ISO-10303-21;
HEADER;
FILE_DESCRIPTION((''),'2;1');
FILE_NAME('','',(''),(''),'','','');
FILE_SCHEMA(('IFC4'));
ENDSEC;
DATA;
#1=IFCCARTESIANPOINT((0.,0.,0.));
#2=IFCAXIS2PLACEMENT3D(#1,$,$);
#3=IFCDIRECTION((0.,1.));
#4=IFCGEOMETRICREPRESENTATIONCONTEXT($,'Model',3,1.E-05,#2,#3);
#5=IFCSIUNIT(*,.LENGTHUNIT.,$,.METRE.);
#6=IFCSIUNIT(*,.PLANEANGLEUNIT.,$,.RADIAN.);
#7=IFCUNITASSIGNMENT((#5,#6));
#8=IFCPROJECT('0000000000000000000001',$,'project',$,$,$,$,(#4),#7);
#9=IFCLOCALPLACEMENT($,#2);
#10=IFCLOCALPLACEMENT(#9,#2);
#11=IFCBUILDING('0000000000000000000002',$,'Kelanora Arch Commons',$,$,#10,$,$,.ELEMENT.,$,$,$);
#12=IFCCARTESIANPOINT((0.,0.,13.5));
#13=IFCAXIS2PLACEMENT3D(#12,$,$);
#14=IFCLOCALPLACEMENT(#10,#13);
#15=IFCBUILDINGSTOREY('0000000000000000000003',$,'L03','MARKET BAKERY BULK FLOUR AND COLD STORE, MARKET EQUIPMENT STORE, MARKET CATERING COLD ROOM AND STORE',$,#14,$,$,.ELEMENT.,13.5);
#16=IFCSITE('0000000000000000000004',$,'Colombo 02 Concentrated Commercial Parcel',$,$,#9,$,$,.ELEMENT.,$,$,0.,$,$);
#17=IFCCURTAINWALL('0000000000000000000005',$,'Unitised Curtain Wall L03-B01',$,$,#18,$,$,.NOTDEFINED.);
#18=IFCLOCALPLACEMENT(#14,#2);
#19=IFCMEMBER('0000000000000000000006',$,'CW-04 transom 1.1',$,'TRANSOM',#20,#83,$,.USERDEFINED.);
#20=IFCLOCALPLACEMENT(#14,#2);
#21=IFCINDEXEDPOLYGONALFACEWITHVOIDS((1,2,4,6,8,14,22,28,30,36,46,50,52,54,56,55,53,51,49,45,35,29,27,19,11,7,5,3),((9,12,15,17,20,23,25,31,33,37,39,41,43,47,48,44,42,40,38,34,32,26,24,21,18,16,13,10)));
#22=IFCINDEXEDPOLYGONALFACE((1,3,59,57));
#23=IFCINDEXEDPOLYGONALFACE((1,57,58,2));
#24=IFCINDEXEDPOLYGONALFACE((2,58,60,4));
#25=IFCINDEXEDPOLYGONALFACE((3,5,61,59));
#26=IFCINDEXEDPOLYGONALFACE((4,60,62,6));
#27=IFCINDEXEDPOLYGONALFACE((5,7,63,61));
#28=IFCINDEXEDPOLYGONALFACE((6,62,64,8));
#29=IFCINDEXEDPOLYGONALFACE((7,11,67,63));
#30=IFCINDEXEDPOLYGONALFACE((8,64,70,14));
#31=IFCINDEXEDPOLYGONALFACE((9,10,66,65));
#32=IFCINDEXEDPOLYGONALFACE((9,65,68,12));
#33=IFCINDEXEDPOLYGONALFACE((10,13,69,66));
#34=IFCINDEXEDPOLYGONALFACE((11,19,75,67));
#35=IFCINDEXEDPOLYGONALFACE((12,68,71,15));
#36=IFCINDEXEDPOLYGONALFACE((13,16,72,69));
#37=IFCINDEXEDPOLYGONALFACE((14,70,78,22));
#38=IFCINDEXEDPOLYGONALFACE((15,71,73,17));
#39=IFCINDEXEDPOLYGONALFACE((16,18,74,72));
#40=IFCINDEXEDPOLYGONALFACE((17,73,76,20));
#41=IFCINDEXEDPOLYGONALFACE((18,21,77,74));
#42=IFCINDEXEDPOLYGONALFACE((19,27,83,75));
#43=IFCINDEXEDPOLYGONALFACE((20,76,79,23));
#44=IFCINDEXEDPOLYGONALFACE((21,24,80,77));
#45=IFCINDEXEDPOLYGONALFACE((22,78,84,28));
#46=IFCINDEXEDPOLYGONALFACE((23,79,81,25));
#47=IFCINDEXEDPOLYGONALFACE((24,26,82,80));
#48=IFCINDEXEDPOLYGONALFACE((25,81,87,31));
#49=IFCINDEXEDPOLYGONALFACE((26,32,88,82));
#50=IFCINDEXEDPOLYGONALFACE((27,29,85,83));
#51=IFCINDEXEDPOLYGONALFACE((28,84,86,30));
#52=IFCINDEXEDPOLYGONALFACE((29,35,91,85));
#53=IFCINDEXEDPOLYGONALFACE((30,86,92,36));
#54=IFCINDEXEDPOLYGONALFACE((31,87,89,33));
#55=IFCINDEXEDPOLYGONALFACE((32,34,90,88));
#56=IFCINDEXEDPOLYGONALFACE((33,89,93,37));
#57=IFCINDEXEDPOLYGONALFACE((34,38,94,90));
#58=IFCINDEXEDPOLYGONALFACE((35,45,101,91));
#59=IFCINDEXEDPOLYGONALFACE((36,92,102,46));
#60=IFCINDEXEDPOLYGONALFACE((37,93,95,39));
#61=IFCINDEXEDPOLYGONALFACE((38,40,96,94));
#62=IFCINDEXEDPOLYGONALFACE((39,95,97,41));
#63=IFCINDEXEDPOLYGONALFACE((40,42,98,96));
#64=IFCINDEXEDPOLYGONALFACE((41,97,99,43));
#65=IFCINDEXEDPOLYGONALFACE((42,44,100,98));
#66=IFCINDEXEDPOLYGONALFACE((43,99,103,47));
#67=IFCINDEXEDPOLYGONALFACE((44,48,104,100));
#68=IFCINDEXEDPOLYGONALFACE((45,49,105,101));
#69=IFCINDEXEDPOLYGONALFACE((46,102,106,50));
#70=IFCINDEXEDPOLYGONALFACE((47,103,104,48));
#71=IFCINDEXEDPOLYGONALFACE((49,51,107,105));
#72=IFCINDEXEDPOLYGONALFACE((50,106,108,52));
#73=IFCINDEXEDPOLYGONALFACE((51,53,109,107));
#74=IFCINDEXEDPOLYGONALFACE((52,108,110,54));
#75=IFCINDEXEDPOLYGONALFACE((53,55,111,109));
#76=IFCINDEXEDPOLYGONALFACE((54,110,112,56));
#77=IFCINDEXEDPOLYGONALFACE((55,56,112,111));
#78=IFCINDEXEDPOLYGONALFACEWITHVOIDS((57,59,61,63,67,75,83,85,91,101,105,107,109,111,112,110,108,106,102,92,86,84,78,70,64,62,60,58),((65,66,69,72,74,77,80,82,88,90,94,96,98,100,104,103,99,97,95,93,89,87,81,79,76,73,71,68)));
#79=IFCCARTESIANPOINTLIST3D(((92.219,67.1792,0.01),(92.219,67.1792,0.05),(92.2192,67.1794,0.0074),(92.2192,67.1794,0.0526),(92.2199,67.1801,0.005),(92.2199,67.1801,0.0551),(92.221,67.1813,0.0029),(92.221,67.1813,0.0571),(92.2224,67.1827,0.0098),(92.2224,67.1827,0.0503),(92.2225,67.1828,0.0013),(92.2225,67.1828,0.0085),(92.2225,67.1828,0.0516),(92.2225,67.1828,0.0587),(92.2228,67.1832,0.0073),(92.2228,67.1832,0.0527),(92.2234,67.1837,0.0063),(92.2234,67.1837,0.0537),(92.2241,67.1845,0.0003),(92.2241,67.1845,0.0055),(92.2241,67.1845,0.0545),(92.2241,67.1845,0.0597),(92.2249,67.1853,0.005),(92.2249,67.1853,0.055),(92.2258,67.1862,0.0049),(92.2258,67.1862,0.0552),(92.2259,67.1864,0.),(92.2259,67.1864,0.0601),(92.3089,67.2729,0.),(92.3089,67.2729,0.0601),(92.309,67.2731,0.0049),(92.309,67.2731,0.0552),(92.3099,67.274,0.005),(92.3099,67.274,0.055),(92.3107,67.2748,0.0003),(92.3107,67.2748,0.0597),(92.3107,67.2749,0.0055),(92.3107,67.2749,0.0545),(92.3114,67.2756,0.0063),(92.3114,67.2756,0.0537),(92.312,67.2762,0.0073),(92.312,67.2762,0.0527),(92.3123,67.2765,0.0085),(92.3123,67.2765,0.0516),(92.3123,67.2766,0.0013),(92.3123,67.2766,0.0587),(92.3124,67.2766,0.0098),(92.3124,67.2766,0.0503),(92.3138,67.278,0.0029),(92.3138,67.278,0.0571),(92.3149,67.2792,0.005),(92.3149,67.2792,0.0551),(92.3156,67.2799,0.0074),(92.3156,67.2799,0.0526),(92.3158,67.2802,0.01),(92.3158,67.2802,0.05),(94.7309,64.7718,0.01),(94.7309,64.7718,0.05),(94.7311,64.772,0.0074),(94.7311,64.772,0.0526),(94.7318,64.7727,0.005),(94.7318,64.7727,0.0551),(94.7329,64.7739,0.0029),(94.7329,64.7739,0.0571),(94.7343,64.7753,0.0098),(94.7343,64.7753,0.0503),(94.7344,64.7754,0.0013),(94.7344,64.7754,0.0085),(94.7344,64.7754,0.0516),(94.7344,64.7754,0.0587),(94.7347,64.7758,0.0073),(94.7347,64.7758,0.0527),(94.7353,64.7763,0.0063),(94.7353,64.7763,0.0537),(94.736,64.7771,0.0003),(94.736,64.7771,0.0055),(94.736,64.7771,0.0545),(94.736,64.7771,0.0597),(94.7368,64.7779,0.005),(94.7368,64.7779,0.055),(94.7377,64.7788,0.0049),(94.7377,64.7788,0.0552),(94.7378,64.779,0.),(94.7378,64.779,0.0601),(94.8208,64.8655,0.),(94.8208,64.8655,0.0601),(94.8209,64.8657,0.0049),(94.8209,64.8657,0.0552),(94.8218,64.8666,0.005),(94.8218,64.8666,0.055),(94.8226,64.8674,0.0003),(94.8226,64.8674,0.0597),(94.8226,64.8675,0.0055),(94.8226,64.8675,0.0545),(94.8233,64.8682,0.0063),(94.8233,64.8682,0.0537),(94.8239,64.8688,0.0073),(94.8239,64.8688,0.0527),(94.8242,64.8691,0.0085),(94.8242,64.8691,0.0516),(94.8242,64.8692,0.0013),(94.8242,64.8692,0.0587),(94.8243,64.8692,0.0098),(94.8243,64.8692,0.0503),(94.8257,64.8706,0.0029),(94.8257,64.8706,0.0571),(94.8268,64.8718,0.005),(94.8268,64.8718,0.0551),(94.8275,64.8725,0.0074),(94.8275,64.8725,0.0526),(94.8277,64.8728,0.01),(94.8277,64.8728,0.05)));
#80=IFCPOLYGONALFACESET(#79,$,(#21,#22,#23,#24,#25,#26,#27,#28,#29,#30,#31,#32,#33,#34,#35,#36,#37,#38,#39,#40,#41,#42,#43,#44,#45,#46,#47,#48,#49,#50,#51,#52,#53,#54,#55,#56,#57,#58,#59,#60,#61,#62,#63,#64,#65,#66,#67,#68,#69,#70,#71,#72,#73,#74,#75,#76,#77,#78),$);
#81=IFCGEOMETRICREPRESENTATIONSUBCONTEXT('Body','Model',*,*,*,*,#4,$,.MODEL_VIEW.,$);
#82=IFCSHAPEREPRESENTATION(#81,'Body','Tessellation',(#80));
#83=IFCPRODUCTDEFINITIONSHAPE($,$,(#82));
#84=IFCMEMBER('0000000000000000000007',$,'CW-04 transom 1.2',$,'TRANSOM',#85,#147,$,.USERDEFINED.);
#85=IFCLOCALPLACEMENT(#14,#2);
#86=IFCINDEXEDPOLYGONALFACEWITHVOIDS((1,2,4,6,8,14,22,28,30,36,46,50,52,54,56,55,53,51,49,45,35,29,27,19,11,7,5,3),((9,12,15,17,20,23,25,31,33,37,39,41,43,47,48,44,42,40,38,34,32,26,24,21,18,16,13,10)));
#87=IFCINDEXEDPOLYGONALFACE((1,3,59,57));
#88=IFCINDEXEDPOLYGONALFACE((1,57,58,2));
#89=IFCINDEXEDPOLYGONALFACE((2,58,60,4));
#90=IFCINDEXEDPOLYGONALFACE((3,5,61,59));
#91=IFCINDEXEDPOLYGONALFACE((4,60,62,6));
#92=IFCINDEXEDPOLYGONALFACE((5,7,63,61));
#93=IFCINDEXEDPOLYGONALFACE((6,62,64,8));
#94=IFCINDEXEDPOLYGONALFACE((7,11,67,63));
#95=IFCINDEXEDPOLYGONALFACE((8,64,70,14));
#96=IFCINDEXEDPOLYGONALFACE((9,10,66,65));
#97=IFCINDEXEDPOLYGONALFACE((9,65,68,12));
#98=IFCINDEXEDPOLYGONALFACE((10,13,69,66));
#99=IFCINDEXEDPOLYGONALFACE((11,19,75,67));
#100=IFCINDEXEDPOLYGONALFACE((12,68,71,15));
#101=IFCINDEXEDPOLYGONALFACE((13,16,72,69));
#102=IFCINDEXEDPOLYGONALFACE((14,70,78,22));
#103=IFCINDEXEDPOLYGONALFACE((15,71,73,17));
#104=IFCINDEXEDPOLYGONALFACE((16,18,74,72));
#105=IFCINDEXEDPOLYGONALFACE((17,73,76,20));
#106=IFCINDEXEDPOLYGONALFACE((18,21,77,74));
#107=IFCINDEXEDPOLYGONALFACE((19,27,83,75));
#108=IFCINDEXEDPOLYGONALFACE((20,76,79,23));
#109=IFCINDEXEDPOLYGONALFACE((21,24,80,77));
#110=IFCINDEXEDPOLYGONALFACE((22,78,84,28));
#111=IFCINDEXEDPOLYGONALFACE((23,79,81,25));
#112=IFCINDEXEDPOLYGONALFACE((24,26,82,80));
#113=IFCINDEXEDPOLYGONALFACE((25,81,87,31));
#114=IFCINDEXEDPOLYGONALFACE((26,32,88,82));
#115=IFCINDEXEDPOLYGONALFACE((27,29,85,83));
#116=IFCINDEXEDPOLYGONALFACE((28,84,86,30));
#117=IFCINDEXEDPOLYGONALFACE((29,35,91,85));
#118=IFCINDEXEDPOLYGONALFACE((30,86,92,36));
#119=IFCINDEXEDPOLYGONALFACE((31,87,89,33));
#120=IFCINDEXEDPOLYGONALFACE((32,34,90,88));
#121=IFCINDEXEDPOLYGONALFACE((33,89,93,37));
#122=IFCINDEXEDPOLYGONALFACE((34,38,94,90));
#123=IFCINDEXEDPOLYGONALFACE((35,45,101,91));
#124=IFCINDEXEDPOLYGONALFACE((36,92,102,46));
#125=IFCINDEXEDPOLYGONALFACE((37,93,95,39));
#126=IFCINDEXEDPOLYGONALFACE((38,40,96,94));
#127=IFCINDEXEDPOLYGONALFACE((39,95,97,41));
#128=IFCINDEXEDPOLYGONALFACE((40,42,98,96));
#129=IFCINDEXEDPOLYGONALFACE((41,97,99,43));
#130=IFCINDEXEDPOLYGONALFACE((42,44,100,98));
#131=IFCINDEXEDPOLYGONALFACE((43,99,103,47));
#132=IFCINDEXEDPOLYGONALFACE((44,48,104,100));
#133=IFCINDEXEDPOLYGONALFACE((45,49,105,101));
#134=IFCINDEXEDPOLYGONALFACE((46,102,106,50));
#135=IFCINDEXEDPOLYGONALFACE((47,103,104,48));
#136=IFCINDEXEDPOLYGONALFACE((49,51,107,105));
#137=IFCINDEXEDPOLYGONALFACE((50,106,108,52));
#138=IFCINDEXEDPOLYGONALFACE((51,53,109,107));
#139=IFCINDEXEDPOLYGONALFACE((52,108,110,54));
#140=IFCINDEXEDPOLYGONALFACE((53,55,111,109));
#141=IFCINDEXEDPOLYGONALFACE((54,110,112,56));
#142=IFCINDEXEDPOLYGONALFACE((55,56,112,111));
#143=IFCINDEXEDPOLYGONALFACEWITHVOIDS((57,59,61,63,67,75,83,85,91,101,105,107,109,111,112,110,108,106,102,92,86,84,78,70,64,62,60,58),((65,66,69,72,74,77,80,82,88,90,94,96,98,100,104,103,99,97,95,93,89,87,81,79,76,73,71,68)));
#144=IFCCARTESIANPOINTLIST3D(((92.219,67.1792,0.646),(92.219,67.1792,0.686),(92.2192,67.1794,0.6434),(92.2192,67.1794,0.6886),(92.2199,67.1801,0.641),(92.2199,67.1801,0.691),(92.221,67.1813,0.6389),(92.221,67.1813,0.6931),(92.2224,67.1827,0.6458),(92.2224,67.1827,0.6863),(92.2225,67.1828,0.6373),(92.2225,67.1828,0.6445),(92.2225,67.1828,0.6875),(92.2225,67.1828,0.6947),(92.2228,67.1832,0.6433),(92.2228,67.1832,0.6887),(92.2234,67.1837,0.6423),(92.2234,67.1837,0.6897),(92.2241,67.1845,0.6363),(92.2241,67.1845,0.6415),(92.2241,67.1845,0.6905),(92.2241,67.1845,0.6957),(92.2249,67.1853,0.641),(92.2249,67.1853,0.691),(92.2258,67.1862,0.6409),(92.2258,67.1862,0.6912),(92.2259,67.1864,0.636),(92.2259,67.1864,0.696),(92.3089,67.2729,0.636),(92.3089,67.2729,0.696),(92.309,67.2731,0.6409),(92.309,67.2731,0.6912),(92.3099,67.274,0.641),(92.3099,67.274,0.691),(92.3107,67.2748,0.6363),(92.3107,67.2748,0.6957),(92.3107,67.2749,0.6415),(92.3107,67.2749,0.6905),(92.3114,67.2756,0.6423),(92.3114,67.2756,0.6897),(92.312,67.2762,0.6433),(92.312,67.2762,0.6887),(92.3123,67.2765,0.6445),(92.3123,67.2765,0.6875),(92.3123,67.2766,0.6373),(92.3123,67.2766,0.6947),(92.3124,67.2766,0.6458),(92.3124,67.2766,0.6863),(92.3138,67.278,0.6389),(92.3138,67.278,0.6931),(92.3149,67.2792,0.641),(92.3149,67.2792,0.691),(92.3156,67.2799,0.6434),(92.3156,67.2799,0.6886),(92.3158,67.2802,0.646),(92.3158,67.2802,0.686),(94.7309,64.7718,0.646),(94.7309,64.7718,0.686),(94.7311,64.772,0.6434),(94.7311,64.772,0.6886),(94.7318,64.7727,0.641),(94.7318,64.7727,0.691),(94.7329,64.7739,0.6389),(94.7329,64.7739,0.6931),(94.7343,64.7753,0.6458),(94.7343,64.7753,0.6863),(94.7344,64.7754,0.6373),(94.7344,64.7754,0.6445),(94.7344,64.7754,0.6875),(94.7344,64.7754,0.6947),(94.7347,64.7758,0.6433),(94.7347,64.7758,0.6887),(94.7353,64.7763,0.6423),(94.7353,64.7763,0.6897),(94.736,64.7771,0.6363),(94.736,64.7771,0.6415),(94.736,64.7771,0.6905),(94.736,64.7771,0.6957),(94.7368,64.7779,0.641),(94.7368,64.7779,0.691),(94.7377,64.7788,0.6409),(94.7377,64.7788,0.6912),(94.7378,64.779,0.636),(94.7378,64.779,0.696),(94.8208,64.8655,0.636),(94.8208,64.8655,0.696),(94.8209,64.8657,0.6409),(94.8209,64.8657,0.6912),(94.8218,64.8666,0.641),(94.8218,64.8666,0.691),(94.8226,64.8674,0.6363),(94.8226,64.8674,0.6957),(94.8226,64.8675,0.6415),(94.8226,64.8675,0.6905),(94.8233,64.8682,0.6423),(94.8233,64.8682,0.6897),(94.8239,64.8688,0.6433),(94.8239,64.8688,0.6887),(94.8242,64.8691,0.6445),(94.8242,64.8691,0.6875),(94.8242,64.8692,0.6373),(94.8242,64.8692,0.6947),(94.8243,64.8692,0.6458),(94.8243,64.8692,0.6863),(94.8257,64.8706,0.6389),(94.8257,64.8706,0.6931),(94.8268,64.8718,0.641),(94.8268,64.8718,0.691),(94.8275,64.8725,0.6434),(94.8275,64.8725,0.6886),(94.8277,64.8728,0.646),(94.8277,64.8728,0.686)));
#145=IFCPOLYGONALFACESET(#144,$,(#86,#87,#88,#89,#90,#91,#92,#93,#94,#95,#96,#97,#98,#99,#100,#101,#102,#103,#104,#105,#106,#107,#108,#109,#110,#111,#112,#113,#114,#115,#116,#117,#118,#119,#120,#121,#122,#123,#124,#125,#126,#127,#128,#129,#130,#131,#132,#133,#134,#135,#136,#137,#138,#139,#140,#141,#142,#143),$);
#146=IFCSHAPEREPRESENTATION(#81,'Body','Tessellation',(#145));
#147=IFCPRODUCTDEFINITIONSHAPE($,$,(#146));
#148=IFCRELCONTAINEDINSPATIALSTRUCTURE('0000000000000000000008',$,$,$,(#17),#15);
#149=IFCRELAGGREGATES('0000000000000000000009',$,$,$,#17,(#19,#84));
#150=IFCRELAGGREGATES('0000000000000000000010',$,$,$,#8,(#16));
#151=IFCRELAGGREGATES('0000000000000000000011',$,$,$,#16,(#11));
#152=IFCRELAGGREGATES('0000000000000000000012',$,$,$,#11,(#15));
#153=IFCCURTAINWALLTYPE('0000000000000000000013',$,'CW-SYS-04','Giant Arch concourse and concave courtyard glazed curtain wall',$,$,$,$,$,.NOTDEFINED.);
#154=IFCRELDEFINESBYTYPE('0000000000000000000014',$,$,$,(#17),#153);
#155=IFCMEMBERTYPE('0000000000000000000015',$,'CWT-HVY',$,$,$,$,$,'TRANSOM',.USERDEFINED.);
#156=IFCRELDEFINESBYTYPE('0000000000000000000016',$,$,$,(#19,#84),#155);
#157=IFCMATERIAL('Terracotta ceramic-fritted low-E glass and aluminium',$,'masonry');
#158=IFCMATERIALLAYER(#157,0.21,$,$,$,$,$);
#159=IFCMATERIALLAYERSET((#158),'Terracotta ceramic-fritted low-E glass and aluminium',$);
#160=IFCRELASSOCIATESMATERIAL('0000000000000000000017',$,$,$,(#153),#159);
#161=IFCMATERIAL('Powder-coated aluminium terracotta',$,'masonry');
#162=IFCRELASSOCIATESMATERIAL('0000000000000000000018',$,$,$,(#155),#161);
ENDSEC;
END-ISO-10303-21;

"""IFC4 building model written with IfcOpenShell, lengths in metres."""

from ifc_helpers import new_model, si_unit, direction, frame, origin, origin_2d, place, context, subcontext, project, spatial, hollow_rectangle, extrude, material, layer, layer_set, material_profile, profile_set, type_object, element, aggregate, save


model = new_model("IFC4")

# Units and contexts
model_context = context("Model", 3, precision=1e-05, world=origin(), true_north=direction((0.0, 1.0)))
body_context = subcontext(model_context, "Body", "Model", "MODEL_VIEW")
ifc_project = project(units=[si_unit("LENGTHUNIT", "METRE"), si_unit("PLANEANGLEUNIT", "RADIAN")], contexts=[model_context])

# Site, building, storey
site_placement = place(None, origin())
site = spatial("IfcSite", under=ifc_project, at=site_placement, Name="Colombo 02 Concentrated Commercial Parcel", CompositionType="ELEMENT", RefElevation=0.0)
building_placement = place(site_placement, origin())
building = spatial("IfcBuilding", under=site, at=building_placement, Name="Kelanora Arch Commons", CompositionType="ELEMENT")
storey_placement = place(building_placement, frame((0.0, 0.0, 13.5)))
storey = spatial("IfcBuildingStorey", under=building, at=storey_placement, Name="L03", Description="MARKET BAKERY BULK FLOUR AND COLD STORE, MARKET EQUIPMENT STORE, MARKET CATERING COLD ROOM AND STORE", CompositionType="ELEMENT", Elevation=13.5)

# Shared definitions
ifc_material_1 = material(Name="Terracotta ceramic-fritted low-E glass and aluminium", Category="masonry")
ifc_layer_1 = layer(ifc_material_1, 0.21)
ifc_layer_set_1 = layer_set([ifc_layer_1], Name="Terracotta ceramic-fritted low-E glass and aluminium")
curtain_wall_type = type_object("IfcCurtainWallType", Name="CW-SYS-04", Description="Giant Arch concourse and concave courtyard glazed curtain wall", PredefinedType="NOTDEFINED", material=ifc_layer_set_1)
ifc_material_2 = material(Name="Powder-coated aluminium terracotta", Category="masonry")

# Curtain wall
curtain_wall_1_placement = place(storey_placement, origin())
curtain_wall_1 = element("IfcCurtainWall", 1, at=curtain_wall_1_placement, inside=storey, type_object=curtain_wall_type, Name="Unitised Curtain Wall L03-B01", PredefinedType="NOTDEFINED")

# Members
ifc_material_profile_1 = material_profile(ifc_material_2, hollow_rectangle(XDim=0.1399, YDim=0.0601, WallThickness=0.0049, InnerFilletRadius=0.0049, OuterFilletRadius=0.01, at=origin_2d()), Name="CWT140x60")
ifc_profile_set_1 = profile_set([ifc_material_profile_1], Name="Powder-coated aluminium terracotta")
member_type_1 = type_object("IfcMemberType", Name="CWT-HVY", ElementType="TRANSOM", PredefinedType="USERDEFINED", material=ifc_profile_set_1)
member_1_placement = place(storey_placement, frame((94.7793, 64.8223, 0.03), z_axis=(-0.721963, 0.691931, 0.0), x_axis=(-0.691931, -0.721963, 0.0)))
member_1 = element("IfcMember", 2, at=member_1_placement, type_object=member_type_1, Name="CW-04 transom 1.1", ObjectType="TRANSOM", PredefinedType="USERDEFINED", context=body_context, shape_type="SweptSolid", body=[
    extrude(hollow_rectangle(XDim=0.1399, YDim=0.0601, WallThickness=0.0049, InnerFilletRadius=0.0049, OuterFilletRadius=0.01, at=origin_2d()), origin(), (0.0, 0.0, 1.0), 3.4792),
])
member_2_placement = place(storey_placement, frame((94.7793, 64.8223, 0.666), z_axis=(-0.721963, 0.691931, 0.0), x_axis=(-0.691931, -0.721963, 0.0)))
member_2 = element("IfcMember", 3, at=member_2_placement, type_object=member_type_1, Name="CW-04 transom 1.2", ObjectType="TRANSOM", PredefinedType="USERDEFINED", context=body_context, shape_type="SweptSolid", body=[
    extrude(hollow_rectangle(XDim=0.1399, YDim=0.0601, WallThickness=0.0049, InnerFilletRadius=0.0049, OuterFilletRadius=0.01, at=origin_2d()), origin(), (0.0, 0.0, 1.0), 3.4792),
])

aggregate(curtain_wall_1, [member_1, member_2])

save(model, "model.ifc")
